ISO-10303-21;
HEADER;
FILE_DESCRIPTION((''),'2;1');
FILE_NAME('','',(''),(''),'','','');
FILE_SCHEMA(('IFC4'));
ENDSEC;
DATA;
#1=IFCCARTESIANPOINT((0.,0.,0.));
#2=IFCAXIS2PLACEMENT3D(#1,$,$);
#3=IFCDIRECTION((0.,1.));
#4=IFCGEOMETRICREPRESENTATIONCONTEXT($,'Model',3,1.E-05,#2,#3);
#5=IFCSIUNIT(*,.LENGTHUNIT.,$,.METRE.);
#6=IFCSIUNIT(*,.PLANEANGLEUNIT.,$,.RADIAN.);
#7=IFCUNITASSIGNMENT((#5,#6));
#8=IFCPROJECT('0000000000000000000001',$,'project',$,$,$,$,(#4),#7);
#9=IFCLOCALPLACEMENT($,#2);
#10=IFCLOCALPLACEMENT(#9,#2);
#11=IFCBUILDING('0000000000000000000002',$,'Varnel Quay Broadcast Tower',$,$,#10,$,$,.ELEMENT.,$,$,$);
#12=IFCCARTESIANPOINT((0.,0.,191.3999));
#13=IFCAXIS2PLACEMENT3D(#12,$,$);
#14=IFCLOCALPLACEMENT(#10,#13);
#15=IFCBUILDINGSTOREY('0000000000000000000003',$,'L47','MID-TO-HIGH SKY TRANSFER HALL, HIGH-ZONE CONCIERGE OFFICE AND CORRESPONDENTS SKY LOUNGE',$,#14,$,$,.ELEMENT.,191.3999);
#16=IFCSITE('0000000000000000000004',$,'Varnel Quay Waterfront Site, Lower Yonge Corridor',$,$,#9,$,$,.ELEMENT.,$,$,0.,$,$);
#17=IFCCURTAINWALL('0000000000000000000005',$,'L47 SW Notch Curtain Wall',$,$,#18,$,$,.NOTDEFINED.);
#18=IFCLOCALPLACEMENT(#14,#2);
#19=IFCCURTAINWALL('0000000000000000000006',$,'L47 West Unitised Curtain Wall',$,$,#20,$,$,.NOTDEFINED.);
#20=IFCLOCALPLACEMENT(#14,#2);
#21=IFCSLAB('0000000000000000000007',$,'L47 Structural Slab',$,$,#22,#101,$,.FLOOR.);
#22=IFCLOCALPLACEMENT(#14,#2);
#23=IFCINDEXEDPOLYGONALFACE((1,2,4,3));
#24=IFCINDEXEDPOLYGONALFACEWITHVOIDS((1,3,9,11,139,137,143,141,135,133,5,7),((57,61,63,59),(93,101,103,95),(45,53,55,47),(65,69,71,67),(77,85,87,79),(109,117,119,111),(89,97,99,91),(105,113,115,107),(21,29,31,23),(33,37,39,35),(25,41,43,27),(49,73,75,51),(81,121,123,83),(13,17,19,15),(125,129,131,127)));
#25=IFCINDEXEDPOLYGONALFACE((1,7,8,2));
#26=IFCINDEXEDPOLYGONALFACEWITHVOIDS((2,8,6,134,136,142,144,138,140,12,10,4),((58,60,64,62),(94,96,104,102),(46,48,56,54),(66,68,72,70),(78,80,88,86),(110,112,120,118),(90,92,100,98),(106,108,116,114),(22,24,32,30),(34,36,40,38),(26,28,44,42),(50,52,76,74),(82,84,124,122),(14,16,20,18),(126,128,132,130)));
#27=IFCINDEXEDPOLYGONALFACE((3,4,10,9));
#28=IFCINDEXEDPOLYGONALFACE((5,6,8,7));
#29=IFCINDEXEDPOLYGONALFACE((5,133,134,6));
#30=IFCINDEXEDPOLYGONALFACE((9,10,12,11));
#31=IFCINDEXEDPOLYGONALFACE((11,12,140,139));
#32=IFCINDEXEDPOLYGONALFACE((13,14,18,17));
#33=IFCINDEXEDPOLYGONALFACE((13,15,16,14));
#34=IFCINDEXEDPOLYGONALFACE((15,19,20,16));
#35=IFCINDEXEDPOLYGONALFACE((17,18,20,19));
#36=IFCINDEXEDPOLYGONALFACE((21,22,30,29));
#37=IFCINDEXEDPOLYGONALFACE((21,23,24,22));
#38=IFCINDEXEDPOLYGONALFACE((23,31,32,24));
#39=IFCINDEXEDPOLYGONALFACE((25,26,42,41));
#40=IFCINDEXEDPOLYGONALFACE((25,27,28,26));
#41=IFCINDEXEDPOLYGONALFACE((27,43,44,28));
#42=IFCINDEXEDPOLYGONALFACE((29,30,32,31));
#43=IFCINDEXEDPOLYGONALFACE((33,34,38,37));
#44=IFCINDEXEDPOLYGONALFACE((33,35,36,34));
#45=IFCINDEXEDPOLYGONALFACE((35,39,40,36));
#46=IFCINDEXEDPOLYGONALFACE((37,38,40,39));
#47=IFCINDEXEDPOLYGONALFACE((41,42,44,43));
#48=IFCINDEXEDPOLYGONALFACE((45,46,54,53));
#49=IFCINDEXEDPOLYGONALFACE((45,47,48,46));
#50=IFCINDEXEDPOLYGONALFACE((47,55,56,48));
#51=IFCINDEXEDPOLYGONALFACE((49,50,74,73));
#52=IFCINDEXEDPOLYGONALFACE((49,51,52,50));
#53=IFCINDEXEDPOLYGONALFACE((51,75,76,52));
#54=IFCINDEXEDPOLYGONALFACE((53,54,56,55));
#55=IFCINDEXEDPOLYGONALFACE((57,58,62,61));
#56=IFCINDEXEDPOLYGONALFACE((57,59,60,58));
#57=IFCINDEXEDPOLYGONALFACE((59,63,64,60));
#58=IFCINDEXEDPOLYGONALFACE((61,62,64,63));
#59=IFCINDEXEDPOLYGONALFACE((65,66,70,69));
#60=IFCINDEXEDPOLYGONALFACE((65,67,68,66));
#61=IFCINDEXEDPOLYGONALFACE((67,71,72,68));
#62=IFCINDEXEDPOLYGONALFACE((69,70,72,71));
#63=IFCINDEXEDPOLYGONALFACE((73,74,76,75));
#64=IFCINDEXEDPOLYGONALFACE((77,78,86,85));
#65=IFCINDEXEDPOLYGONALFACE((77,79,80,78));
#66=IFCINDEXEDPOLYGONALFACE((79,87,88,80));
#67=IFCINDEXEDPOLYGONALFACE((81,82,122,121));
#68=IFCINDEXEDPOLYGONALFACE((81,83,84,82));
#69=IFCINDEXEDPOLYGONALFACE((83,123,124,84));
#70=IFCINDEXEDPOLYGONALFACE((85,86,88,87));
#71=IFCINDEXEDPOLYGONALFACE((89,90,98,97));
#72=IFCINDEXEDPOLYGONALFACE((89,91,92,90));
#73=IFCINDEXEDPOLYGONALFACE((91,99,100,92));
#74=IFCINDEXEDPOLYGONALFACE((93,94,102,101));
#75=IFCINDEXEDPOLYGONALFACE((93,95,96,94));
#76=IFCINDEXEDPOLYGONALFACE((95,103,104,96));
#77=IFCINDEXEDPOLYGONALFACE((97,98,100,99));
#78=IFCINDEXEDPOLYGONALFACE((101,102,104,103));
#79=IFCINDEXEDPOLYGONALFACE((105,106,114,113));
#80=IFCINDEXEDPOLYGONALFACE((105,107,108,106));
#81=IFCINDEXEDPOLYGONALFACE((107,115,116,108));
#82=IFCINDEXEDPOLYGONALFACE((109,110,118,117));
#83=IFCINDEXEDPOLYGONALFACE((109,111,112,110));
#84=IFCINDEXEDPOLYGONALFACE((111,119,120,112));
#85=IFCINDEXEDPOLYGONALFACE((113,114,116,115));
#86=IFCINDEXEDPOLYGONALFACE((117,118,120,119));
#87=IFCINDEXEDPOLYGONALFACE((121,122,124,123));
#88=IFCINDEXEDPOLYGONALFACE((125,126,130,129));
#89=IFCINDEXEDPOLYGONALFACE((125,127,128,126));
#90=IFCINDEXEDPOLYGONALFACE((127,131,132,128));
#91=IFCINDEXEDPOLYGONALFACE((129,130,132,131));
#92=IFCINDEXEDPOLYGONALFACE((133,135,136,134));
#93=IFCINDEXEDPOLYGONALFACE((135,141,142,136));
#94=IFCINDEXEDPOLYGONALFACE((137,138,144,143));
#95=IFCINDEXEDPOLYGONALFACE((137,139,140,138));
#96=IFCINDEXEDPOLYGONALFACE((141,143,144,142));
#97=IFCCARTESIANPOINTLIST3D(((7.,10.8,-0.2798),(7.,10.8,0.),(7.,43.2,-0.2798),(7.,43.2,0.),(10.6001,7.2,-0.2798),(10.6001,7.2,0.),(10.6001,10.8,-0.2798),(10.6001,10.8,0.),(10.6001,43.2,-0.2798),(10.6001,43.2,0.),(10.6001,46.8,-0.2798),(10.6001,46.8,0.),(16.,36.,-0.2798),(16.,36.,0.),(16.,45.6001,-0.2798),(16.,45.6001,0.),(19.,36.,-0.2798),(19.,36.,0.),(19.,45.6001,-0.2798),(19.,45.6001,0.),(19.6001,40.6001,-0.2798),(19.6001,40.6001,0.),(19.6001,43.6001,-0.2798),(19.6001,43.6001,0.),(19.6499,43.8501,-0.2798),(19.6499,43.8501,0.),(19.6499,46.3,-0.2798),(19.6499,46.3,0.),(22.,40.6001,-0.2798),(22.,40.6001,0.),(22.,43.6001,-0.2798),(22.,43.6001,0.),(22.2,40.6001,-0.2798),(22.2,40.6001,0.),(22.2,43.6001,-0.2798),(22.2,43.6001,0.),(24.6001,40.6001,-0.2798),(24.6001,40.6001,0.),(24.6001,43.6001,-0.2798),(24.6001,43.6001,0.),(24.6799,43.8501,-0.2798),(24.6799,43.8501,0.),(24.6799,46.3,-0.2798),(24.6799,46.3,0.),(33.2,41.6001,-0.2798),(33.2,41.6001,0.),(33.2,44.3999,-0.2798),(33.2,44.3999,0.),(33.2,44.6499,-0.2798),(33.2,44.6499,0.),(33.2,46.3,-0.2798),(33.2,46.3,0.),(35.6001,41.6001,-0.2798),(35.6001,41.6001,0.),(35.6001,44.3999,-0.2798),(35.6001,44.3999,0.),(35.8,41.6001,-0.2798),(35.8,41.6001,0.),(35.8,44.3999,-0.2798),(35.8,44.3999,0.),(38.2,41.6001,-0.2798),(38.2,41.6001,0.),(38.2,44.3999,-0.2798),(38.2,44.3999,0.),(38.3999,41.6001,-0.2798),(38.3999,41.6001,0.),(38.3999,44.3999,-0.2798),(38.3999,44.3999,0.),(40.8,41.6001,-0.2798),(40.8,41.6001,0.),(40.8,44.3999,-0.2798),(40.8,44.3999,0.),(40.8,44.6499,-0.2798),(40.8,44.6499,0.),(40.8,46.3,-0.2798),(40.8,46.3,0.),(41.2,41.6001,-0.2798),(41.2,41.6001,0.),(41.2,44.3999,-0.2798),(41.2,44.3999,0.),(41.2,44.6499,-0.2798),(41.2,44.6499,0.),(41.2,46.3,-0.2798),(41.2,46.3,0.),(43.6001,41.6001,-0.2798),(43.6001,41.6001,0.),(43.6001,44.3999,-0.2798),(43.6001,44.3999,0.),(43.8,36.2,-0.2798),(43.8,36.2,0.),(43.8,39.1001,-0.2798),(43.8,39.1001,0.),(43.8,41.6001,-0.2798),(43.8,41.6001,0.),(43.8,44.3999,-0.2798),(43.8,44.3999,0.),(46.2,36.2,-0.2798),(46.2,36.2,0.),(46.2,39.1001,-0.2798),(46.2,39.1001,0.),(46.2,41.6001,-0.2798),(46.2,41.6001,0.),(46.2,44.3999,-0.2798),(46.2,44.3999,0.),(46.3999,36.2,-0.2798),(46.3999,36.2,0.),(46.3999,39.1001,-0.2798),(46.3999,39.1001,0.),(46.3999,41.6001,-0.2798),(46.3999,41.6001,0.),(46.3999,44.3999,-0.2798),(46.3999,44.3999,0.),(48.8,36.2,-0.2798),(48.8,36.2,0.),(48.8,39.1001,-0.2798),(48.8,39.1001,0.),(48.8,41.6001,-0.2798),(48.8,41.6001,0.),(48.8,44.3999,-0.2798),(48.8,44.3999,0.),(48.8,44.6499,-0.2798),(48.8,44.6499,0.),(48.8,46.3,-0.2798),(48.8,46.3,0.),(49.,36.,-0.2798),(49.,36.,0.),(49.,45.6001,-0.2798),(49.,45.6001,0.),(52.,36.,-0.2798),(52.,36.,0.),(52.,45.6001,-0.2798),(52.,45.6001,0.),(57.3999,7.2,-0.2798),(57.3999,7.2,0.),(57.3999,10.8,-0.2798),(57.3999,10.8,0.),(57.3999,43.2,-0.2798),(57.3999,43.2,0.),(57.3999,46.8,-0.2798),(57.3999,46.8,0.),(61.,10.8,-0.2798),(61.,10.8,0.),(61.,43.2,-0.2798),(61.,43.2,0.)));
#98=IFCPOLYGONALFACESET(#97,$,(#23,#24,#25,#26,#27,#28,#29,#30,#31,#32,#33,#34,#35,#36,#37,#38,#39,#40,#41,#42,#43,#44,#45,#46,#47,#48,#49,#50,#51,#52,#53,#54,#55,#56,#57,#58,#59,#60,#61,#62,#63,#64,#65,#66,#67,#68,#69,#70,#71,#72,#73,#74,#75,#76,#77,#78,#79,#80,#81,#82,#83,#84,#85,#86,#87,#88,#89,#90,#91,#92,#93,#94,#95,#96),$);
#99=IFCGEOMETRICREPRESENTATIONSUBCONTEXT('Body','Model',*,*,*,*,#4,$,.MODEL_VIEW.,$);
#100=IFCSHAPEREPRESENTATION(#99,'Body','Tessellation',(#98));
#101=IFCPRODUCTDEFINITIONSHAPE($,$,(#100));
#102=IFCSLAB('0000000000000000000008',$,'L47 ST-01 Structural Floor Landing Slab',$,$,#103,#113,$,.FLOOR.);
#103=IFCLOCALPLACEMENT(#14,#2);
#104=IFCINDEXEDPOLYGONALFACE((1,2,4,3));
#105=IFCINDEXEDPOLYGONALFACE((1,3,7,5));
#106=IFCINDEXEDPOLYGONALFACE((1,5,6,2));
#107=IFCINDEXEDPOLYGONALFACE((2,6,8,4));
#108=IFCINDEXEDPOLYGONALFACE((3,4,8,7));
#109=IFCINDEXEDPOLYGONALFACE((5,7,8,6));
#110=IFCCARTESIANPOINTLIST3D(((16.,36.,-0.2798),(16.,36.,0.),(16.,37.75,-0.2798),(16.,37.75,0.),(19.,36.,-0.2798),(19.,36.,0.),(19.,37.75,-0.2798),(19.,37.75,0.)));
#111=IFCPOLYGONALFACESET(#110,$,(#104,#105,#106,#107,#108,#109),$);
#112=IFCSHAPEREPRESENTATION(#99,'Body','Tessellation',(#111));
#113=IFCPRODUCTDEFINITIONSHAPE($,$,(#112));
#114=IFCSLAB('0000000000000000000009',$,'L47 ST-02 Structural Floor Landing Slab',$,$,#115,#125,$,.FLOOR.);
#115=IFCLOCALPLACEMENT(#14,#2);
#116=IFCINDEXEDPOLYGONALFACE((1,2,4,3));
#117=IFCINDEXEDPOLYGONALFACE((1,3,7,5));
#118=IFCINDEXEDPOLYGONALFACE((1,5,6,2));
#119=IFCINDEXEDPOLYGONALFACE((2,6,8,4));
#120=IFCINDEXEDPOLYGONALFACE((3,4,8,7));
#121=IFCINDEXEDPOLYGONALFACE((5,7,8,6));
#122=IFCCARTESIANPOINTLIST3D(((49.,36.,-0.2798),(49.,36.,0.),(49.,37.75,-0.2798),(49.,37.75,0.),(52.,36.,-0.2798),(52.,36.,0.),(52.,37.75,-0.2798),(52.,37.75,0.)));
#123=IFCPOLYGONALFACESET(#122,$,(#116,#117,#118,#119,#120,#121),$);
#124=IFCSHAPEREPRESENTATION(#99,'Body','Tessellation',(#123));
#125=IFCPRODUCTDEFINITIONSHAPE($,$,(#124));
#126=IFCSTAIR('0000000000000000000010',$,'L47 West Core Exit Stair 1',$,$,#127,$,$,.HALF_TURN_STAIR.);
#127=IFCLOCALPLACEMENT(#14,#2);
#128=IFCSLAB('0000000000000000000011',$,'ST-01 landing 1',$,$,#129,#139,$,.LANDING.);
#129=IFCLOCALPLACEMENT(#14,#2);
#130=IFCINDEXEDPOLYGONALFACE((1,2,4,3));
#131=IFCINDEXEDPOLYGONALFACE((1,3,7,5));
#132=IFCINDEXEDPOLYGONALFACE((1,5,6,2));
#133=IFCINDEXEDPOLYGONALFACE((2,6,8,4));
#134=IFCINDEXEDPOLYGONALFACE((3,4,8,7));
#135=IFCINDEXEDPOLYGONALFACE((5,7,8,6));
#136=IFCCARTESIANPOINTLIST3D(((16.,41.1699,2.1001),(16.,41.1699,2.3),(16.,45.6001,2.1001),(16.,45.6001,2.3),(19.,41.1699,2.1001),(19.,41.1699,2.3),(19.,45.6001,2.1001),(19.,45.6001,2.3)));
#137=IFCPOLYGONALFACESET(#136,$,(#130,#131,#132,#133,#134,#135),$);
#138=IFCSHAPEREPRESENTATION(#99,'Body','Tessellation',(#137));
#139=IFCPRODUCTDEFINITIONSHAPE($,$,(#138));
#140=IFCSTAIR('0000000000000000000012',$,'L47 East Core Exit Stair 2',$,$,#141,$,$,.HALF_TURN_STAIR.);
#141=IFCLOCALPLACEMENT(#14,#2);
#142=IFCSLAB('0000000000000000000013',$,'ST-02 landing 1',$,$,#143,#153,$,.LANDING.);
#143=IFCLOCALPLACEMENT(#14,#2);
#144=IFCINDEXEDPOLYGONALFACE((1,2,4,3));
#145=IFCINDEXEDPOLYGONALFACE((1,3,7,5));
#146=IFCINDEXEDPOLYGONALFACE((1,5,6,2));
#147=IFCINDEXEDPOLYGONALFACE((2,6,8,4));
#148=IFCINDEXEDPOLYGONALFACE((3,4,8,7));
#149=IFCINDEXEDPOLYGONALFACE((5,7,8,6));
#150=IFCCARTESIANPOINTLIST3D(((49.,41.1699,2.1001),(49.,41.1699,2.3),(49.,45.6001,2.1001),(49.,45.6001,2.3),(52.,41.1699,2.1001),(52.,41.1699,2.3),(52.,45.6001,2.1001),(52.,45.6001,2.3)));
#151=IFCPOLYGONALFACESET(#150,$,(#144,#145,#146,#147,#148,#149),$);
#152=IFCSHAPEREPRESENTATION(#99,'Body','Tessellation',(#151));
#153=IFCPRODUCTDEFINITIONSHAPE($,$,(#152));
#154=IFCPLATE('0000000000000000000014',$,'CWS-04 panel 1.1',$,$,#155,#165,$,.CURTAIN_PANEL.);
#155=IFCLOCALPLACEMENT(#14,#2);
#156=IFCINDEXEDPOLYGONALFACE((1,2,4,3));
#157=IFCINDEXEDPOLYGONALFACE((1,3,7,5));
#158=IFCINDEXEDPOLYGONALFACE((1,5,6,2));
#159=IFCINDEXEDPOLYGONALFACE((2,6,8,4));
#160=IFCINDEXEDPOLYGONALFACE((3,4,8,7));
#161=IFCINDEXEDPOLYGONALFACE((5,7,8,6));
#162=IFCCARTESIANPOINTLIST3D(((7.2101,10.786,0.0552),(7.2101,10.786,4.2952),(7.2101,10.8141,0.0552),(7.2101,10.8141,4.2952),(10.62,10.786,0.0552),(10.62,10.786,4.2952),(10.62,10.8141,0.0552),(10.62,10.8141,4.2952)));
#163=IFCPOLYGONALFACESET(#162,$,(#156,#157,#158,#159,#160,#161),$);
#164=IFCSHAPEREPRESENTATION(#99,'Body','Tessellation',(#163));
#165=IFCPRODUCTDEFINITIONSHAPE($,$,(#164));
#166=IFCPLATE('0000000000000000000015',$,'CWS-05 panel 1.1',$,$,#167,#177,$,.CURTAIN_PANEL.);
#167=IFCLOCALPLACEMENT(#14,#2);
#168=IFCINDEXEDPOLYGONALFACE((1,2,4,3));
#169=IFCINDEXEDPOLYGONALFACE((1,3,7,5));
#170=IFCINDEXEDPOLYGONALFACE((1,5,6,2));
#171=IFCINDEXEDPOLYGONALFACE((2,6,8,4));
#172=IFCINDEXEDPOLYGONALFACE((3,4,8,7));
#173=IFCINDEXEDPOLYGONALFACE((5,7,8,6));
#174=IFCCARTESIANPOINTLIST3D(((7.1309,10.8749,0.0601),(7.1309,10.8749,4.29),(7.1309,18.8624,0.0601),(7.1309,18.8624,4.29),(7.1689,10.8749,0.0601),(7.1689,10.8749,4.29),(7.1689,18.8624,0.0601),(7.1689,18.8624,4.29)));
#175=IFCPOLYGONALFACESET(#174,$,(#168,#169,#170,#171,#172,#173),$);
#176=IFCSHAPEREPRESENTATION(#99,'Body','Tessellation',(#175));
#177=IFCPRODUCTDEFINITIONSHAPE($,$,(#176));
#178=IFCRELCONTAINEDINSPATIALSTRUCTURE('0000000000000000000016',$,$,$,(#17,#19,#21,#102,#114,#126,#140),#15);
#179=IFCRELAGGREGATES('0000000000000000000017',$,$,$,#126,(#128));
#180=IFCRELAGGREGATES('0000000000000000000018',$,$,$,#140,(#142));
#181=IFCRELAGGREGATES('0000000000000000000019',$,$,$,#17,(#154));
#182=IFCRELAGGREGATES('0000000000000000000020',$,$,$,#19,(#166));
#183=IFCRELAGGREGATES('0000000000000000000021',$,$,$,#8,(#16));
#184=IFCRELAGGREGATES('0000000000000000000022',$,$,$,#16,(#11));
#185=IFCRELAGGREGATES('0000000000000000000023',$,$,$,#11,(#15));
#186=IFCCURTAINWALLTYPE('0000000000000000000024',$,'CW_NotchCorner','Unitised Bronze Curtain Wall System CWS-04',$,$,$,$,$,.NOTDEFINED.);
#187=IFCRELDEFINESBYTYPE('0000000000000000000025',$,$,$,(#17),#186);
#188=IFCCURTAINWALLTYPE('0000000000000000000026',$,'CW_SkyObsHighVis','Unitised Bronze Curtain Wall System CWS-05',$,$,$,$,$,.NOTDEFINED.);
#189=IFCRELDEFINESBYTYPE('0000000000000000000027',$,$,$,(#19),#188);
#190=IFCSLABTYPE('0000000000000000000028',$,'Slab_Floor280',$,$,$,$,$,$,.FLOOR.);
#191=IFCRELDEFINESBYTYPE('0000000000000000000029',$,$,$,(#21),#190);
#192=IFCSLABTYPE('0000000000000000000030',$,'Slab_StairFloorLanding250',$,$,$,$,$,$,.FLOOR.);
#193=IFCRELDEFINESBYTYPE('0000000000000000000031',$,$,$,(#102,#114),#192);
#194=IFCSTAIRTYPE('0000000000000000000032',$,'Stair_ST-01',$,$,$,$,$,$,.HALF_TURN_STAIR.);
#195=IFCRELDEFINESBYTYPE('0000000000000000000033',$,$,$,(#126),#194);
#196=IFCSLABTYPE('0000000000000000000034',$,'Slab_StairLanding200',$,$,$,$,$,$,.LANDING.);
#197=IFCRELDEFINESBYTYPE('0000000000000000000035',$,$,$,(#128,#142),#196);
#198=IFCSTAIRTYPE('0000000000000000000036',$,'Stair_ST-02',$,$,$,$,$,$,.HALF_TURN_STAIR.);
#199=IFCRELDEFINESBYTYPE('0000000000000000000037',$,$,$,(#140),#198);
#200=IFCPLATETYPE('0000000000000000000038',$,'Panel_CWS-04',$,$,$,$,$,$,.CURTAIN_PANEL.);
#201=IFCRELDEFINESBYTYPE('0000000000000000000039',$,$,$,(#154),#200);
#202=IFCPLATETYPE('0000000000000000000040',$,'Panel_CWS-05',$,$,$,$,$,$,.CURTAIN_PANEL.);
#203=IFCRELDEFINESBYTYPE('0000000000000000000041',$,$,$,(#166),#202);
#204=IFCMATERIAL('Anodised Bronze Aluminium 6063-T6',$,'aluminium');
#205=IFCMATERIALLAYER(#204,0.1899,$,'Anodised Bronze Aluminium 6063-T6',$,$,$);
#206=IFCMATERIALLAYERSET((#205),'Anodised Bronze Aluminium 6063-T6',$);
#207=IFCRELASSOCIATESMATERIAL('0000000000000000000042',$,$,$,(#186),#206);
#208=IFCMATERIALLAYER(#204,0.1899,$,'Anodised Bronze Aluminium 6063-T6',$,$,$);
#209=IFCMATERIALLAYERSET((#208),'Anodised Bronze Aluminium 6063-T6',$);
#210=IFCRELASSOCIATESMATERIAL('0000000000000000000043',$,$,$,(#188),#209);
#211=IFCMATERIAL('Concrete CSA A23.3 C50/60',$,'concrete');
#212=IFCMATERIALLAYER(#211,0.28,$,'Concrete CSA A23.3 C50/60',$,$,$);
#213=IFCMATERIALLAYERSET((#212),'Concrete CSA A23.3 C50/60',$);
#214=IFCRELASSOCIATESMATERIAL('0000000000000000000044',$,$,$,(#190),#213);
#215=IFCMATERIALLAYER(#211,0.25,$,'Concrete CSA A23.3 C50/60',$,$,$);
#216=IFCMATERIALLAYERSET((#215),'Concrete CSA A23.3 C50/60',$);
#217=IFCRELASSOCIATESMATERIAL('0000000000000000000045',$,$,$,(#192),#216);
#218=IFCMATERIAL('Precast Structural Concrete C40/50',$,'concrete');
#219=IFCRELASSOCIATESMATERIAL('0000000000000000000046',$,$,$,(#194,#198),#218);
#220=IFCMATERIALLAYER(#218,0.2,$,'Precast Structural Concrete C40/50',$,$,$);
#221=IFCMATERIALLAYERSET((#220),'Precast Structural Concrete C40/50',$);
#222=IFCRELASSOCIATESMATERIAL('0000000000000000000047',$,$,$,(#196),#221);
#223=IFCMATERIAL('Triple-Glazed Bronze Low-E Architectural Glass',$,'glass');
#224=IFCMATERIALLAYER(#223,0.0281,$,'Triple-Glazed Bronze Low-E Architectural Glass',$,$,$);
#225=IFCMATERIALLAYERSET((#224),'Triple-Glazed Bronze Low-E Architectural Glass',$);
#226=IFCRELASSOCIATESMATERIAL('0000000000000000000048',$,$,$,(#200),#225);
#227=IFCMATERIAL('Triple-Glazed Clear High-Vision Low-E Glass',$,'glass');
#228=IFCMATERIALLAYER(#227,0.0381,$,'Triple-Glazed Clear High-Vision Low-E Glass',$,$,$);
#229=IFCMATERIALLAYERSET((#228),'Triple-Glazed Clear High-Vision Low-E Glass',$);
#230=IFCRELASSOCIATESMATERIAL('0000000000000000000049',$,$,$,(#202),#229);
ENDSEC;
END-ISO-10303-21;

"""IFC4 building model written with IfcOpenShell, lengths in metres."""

from ifc_helpers import new_model, si_unit, direction, frame, origin, origin_2d, place, context, subcontext, project, spatial, polyline, rectangle, outline, extrude, source, transform, mapped, material, layer, layer_set, type_object, type_shapes, element, aggregate, save


model = new_model("IFC4")

# Units and contexts
model_context = context("Model", 3, precision=1e-05, world=origin(), true_north=direction((0.0, 1.0)))
body_context = subcontext(model_context, "Body", "Model", "MODEL_VIEW")
ifc_project = project(units=[si_unit("LENGTHUNIT", "METRE"), si_unit("PLANEANGLEUNIT", "RADIAN")], contexts=[model_context])

# Site, building, storey
site_placement = place(None, origin())
site = spatial("IfcSite", under=ifc_project, at=site_placement, Name="Varnel Quay Waterfront Site, Lower Yonge Corridor", CompositionType="ELEMENT", RefElevation=0.0)
building_placement = place(site_placement, origin())
building = spatial("IfcBuilding", under=site, at=building_placement, Name="Varnel Quay Broadcast Tower", CompositionType="ELEMENT")
storey_placement = place(building_placement, frame((0.0, 0.0, 191.3999)))
storey = spatial("IfcBuildingStorey", under=building, at=storey_placement, Name="L47", Description="MID-TO-HIGH SKY TRANSFER HALL, HIGH-ZONE CONCIERGE OFFICE AND CORRESPONDENTS SKY LOUNGE", CompositionType="ELEMENT", Elevation=191.3999)

# Curtain walls
ifc_material_1 = material(Name="Anodised Bronze Aluminium 6063-T6", Category="aluminium")
ifc_layer_1 = layer(ifc_material_1, 0.1899, Name="Anodised Bronze Aluminium 6063-T6")
ifc_layer_set_1 = layer_set([ifc_layer_1], Name="Anodised Bronze Aluminium 6063-T6")
curtain_wall_type_1 = type_object("IfcCurtainWallType", Name="CW_NotchCorner", Description="Unitised Bronze Curtain Wall System CWS-04", PredefinedType="NOTDEFINED", material=ifc_layer_set_1)
curtain_wall_1_placement = place(storey_placement, origin())
curtain_wall_1 = element("IfcCurtainWall", 1, at=curtain_wall_1_placement, inside=storey, type_object=curtain_wall_type_1, Name="L47 SW Notch Curtain Wall", PredefinedType="NOTDEFINED")
ifc_layer_2 = layer(ifc_material_1, 0.1899, Name="Anodised Bronze Aluminium 6063-T6")
ifc_layer_set_2 = layer_set([ifc_layer_2], Name="Anodised Bronze Aluminium 6063-T6")
curtain_wall_type_2 = type_object("IfcCurtainWallType", Name="CW_SkyObsHighVis", Description="Unitised Bronze Curtain Wall System CWS-05", PredefinedType="NOTDEFINED", material=ifc_layer_set_2)
curtain_wall_2_placement = place(storey_placement, origin())
curtain_wall_2 = element("IfcCurtainWall", 2, at=curtain_wall_2_placement, inside=storey, type_object=curtain_wall_type_2, Name="L47 West Unitised Curtain Wall", PredefinedType="NOTDEFINED")

# Slabs
ifc_material_2 = material(Name="Concrete CSA A23.3 C50/60", Category="concrete")
ifc_layer_3 = layer(ifc_material_2, 0.28, Name="Concrete CSA A23.3 C50/60")
ifc_layer_set_3 = layer_set([ifc_layer_3], Name="Concrete CSA A23.3 C50/60")
slab_type_1 = type_object("IfcSlabType", Name="Slab_Floor280", PredefinedType="FLOOR", material=ifc_layer_set_3)
slab_1_placement = place(storey_placement, frame((0.0, 0.0, -0.2798)))
element("IfcSlab", 3, at=slab_1_placement, inside=storey, type_object=slab_type_1, Name="L47 Structural Slab", PredefinedType="FLOOR", context=body_context, shape_type="SweptSolid", body=[
    extrude(outline(polyline([(10.6001, 7.2), (57.3999, 7.2), (57.3999, 10.8), (61.0, 10.8), (61.0, 43.2), (57.3999, 43.2), (57.3999, 46.8), (10.6001, 46.8), (10.6001, 43.2), (7.0, 43.2), (7.0, 10.8), (10.6001, 10.8), (10.6001, 7.2)]), holes=[polyline([(19.0, 36.0), (16.0, 36.0), (16.0, 45.6001), (19.0, 45.6001), (19.0, 36.0)]), polyline([(19.6001, 43.6001), (22.0, 43.6001), (22.0, 40.6001), (19.6001, 40.6001), (19.6001, 43.6001)]), polyline([(22.2, 43.6001), (24.6001, 43.6001), (24.6001, 40.6001), (22.2, 40.6001), (22.2, 43.6001)]), polyline([(33.2, 44.3999), (35.6001, 44.3999), (35.6001, 41.6001), (33.2, 41.6001), (33.2, 44.3999)]), polyline([(35.8, 44.3999), (38.2, 44.3999), (38.2, 41.6001), (35.8, 41.6001), (35.8, 44.3999)]), polyline([(38.3999, 44.3999), (40.8, 44.3999), (40.8, 41.6001), (38.3999, 41.6001), (38.3999, 44.3999)]), polyline([(19.6499, 46.3), (24.6799, 46.3), (24.6799, 43.8501), (19.6499, 43.8501), (19.6499, 46.3)]), polyline([(33.2, 46.3), (40.8, 46.3), (40.8, 44.6499), (33.2, 44.6499), (33.2, 46.3)]), polyline([(43.8, 39.1001), (46.2, 39.1001), (46.2, 36.2), (43.8, 36.2), (43.8, 39.1001)]), polyline([(46.3999, 39.1001), (48.8, 39.1001), (48.8, 36.2), (46.3999, 36.2), (46.3999, 39.1001)]), polyline([(49.0, 36.0), (49.0, 45.6001), (52.0, 45.6001), (52.0, 36.0), (49.0, 36.0)]), polyline([(41.2, 44.3999), (43.6001, 44.3999), (43.6001, 41.6001), (41.2, 41.6001), (41.2, 44.3999)]), polyline([(43.8, 44.3999), (46.2, 44.3999), (46.2, 41.6001), (43.8, 41.6001), (43.8, 44.3999)]), polyline([(46.3999, 44.3999), (48.8, 44.3999), (48.8, 41.6001), (46.3999, 41.6001), (46.3999, 44.3999)]), polyline([(41.2, 46.3), (48.8, 46.3), (48.8, 44.6499), (41.2, 44.6499), (41.2, 46.3)])]), origin(), (0.0, 0.0, 1.0), 0.2798),
])
ifc_layer_4 = layer(ifc_material_2, 0.25, Name="Concrete CSA A23.3 C50/60")
ifc_layer_set_4 = layer_set([ifc_layer_4], Name="Concrete CSA A23.3 C50/60")
slab_type_2 = type_object("IfcSlabType", Name="Slab_StairFloorLanding250", PredefinedType="FLOOR", material=ifc_layer_set_4)
slab_2_placement = place(storey_placement, frame((0.0, 0.0, -0.2798)))
element("IfcSlab", 4, at=slab_2_placement, inside=storey, type_object=slab_type_2, Name="L47 ST-01 Structural Floor Landing Slab", PredefinedType="FLOOR", context=body_context, shape_type="SweptSolid", body=[
    extrude(outline(polyline([(19.0, 36.0), (19.0, 37.75), (16.0, 37.75), (16.0, 36.0), (19.0, 36.0)])), origin(), (0.0, 0.0, 1.0), 0.2798),
])
slab_3_placement = place(storey_placement, frame((0.0, 0.0, -0.2798)))
element("IfcSlab", 5, at=slab_3_placement, inside=storey, type_object=slab_type_2, Name="L47 ST-02 Structural Floor Landing Slab", PredefinedType="FLOOR", context=body_context, shape_type="SweptSolid", body=[
    extrude(outline(polyline([(52.0, 36.0), (52.0, 37.75), (49.0, 37.75), (49.0, 36.0), (52.0, 36.0)])), origin(), (0.0, 0.0, 1.0), 0.2798),
])

# Stairs, slabs
ifc_material_3 = material(Name="Precast Structural Concrete C40/50", Category="concrete")
stair_type_1 = type_object("IfcStairType", Name="Stair_ST-01", PredefinedType="HALF_TURN_STAIR", material=ifc_material_3)
stair_1_placement = place(storey_placement, origin())
stair_1 = element("IfcStair", 6, at=stair_1_placement, inside=storey, type_object=stair_type_1, Name="L47 West Core Exit Stair 1", PredefinedType="HALF_TURN_STAIR")
ifc_layer_5 = layer(ifc_material_3, 0.2, Name="Precast Structural Concrete C40/50")
ifc_layer_set_5 = layer_set([ifc_layer_5], Name="Precast Structural Concrete C40/50")
slab_type_3 = type_object("IfcSlabType", Name="Slab_StairLanding200", PredefinedType="LANDING", material=ifc_layer_set_5)
slab_4_placement = place(storey_placement, frame((0.0, 0.0, 2.1001)))
slab_4 = element("IfcSlab", 7, at=slab_4_placement, type_object=slab_type_3, Name="ST-01 landing 1", PredefinedType="LANDING", context=body_context, shape_type="SweptSolid", body=[
    extrude(outline(polyline([(19.0, 41.1699), (19.0, 45.6001), (16.0, 45.6001), (16.0, 41.1699), (19.0, 41.1699)])), origin(), (0.0, 0.0, 1.0), 0.2),
])
aggregate(stair_1, [slab_4])
stair_type_2 = type_object("IfcStairType", Name="Stair_ST-02", PredefinedType="HALF_TURN_STAIR", material=ifc_material_3)
stair_2_placement = place(storey_placement, origin())
stair_2 = element("IfcStair", 8, at=stair_2_placement, inside=storey, type_object=stair_type_2, Name="L47 East Core Exit Stair 2", PredefinedType="HALF_TURN_STAIR")
slab_5_placement = place(storey_placement, frame((0.0, 0.0, 2.1001)))
slab_5 = element("IfcSlab", 9, at=slab_5_placement, type_object=slab_type_3, Name="ST-02 landing 1", PredefinedType="LANDING", context=body_context, shape_type="SweptSolid", body=[
    extrude(outline(polyline([(52.0, 41.1699), (52.0, 45.6001), (49.0, 45.6001), (49.0, 41.1699), (52.0, 41.1699)])), origin(), (0.0, 0.0, 1.0), 0.2),
])
aggregate(stair_2, [slab_5])

# Plates
ifc_material_4 = material(Name="Triple-Glazed Bronze Low-E Architectural Glass", Category="glass")
ifc_layer_6 = layer(ifc_material_4, 0.0281, Name="Triple-Glazed Bronze Low-E Architectural Glass")
ifc_layer_set_6 = layer_set([ifc_layer_6], Name="Triple-Glazed Bronze Low-E Architectural Glass")
plate_type_1 = type_object("IfcPlateType", Name="Panel_CWS-04", PredefinedType="CURTAIN_PANEL", material=ifc_layer_set_6)
shared_shape_1 = source(origin(), body_context, "Body", "SweptSolid", [
    extrude(rectangle(XDim=3.4099, YDim=0.0281, at=origin_2d()), origin(), (0.0, 0.0, 1.0), 4.24),
])
type_shapes(plate_type_1, [shared_shape_1])
plate_1_placement = place(storey_placement, frame((8.915, 10.8, 0.0552), z_axis=(0.0, 0.0, 1.0), x_axis=(1.0, 0.0, 0.0)))
plate_1 = element("IfcPlate", 10, at=plate_1_placement, type_object=plate_type_1, Name="CWS-04 panel 1.1", PredefinedType="CURTAIN_PANEL", context=body_context, shape_type="MappedRepresentation", body=[
    mapped(shared_shape_1, transform((0.0, 0.0, 0.0), x_axis=(1.0, 0.0, 0.0), y_axis=(0.0, 1.0, 0.0), z_axis=(0.0, 0.0, 1.0), scale=1.0)),
])
aggregate(curtain_wall_1, [plate_1])
ifc_material_5 = material(Name="Triple-Glazed Clear High-Vision Low-E Glass", Category="glass")
ifc_layer_7 = layer(ifc_material_5, 0.0381, Name="Triple-Glazed Clear High-Vision Low-E Glass")
ifc_layer_set_7 = layer_set([ifc_layer_7], Name="Triple-Glazed Clear High-Vision Low-E Glass")
plate_type_2 = type_object("IfcPlateType", Name="Panel_CWS-05", PredefinedType="CURTAIN_PANEL", material=ifc_layer_set_7)
shared_shape_2 = source(origin(), body_context, "Body", "SweptSolid", [
    extrude(rectangle(XDim=7.9875, YDim=0.0381, at=origin_2d()), origin(), (0.0, 0.0, 1.0), 4.23),
])
type_shapes(plate_type_2, [shared_shape_2])
plate_2_placement = place(storey_placement, frame((7.1499, 14.8687, 0.0601), z_axis=(0.0, 0.0, 1.0), x_axis=(0.0, 1.0, 0.0)))
plate_2 = element("IfcPlate", 11, at=plate_2_placement, type_object=plate_type_2, Name="CWS-05 panel 1.1", PredefinedType="CURTAIN_PANEL", context=body_context, shape_type="MappedRepresentation", body=[
    mapped(shared_shape_2, transform((0.0, 0.0, 0.0), x_axis=(1.0, 0.0, 0.0), y_axis=(0.0, 1.0, 0.0), z_axis=(0.0, 0.0, 1.0), scale=1.0)),
])
aggregate(curtain_wall_2, [plate_2])

save(model, "model.ifc")
